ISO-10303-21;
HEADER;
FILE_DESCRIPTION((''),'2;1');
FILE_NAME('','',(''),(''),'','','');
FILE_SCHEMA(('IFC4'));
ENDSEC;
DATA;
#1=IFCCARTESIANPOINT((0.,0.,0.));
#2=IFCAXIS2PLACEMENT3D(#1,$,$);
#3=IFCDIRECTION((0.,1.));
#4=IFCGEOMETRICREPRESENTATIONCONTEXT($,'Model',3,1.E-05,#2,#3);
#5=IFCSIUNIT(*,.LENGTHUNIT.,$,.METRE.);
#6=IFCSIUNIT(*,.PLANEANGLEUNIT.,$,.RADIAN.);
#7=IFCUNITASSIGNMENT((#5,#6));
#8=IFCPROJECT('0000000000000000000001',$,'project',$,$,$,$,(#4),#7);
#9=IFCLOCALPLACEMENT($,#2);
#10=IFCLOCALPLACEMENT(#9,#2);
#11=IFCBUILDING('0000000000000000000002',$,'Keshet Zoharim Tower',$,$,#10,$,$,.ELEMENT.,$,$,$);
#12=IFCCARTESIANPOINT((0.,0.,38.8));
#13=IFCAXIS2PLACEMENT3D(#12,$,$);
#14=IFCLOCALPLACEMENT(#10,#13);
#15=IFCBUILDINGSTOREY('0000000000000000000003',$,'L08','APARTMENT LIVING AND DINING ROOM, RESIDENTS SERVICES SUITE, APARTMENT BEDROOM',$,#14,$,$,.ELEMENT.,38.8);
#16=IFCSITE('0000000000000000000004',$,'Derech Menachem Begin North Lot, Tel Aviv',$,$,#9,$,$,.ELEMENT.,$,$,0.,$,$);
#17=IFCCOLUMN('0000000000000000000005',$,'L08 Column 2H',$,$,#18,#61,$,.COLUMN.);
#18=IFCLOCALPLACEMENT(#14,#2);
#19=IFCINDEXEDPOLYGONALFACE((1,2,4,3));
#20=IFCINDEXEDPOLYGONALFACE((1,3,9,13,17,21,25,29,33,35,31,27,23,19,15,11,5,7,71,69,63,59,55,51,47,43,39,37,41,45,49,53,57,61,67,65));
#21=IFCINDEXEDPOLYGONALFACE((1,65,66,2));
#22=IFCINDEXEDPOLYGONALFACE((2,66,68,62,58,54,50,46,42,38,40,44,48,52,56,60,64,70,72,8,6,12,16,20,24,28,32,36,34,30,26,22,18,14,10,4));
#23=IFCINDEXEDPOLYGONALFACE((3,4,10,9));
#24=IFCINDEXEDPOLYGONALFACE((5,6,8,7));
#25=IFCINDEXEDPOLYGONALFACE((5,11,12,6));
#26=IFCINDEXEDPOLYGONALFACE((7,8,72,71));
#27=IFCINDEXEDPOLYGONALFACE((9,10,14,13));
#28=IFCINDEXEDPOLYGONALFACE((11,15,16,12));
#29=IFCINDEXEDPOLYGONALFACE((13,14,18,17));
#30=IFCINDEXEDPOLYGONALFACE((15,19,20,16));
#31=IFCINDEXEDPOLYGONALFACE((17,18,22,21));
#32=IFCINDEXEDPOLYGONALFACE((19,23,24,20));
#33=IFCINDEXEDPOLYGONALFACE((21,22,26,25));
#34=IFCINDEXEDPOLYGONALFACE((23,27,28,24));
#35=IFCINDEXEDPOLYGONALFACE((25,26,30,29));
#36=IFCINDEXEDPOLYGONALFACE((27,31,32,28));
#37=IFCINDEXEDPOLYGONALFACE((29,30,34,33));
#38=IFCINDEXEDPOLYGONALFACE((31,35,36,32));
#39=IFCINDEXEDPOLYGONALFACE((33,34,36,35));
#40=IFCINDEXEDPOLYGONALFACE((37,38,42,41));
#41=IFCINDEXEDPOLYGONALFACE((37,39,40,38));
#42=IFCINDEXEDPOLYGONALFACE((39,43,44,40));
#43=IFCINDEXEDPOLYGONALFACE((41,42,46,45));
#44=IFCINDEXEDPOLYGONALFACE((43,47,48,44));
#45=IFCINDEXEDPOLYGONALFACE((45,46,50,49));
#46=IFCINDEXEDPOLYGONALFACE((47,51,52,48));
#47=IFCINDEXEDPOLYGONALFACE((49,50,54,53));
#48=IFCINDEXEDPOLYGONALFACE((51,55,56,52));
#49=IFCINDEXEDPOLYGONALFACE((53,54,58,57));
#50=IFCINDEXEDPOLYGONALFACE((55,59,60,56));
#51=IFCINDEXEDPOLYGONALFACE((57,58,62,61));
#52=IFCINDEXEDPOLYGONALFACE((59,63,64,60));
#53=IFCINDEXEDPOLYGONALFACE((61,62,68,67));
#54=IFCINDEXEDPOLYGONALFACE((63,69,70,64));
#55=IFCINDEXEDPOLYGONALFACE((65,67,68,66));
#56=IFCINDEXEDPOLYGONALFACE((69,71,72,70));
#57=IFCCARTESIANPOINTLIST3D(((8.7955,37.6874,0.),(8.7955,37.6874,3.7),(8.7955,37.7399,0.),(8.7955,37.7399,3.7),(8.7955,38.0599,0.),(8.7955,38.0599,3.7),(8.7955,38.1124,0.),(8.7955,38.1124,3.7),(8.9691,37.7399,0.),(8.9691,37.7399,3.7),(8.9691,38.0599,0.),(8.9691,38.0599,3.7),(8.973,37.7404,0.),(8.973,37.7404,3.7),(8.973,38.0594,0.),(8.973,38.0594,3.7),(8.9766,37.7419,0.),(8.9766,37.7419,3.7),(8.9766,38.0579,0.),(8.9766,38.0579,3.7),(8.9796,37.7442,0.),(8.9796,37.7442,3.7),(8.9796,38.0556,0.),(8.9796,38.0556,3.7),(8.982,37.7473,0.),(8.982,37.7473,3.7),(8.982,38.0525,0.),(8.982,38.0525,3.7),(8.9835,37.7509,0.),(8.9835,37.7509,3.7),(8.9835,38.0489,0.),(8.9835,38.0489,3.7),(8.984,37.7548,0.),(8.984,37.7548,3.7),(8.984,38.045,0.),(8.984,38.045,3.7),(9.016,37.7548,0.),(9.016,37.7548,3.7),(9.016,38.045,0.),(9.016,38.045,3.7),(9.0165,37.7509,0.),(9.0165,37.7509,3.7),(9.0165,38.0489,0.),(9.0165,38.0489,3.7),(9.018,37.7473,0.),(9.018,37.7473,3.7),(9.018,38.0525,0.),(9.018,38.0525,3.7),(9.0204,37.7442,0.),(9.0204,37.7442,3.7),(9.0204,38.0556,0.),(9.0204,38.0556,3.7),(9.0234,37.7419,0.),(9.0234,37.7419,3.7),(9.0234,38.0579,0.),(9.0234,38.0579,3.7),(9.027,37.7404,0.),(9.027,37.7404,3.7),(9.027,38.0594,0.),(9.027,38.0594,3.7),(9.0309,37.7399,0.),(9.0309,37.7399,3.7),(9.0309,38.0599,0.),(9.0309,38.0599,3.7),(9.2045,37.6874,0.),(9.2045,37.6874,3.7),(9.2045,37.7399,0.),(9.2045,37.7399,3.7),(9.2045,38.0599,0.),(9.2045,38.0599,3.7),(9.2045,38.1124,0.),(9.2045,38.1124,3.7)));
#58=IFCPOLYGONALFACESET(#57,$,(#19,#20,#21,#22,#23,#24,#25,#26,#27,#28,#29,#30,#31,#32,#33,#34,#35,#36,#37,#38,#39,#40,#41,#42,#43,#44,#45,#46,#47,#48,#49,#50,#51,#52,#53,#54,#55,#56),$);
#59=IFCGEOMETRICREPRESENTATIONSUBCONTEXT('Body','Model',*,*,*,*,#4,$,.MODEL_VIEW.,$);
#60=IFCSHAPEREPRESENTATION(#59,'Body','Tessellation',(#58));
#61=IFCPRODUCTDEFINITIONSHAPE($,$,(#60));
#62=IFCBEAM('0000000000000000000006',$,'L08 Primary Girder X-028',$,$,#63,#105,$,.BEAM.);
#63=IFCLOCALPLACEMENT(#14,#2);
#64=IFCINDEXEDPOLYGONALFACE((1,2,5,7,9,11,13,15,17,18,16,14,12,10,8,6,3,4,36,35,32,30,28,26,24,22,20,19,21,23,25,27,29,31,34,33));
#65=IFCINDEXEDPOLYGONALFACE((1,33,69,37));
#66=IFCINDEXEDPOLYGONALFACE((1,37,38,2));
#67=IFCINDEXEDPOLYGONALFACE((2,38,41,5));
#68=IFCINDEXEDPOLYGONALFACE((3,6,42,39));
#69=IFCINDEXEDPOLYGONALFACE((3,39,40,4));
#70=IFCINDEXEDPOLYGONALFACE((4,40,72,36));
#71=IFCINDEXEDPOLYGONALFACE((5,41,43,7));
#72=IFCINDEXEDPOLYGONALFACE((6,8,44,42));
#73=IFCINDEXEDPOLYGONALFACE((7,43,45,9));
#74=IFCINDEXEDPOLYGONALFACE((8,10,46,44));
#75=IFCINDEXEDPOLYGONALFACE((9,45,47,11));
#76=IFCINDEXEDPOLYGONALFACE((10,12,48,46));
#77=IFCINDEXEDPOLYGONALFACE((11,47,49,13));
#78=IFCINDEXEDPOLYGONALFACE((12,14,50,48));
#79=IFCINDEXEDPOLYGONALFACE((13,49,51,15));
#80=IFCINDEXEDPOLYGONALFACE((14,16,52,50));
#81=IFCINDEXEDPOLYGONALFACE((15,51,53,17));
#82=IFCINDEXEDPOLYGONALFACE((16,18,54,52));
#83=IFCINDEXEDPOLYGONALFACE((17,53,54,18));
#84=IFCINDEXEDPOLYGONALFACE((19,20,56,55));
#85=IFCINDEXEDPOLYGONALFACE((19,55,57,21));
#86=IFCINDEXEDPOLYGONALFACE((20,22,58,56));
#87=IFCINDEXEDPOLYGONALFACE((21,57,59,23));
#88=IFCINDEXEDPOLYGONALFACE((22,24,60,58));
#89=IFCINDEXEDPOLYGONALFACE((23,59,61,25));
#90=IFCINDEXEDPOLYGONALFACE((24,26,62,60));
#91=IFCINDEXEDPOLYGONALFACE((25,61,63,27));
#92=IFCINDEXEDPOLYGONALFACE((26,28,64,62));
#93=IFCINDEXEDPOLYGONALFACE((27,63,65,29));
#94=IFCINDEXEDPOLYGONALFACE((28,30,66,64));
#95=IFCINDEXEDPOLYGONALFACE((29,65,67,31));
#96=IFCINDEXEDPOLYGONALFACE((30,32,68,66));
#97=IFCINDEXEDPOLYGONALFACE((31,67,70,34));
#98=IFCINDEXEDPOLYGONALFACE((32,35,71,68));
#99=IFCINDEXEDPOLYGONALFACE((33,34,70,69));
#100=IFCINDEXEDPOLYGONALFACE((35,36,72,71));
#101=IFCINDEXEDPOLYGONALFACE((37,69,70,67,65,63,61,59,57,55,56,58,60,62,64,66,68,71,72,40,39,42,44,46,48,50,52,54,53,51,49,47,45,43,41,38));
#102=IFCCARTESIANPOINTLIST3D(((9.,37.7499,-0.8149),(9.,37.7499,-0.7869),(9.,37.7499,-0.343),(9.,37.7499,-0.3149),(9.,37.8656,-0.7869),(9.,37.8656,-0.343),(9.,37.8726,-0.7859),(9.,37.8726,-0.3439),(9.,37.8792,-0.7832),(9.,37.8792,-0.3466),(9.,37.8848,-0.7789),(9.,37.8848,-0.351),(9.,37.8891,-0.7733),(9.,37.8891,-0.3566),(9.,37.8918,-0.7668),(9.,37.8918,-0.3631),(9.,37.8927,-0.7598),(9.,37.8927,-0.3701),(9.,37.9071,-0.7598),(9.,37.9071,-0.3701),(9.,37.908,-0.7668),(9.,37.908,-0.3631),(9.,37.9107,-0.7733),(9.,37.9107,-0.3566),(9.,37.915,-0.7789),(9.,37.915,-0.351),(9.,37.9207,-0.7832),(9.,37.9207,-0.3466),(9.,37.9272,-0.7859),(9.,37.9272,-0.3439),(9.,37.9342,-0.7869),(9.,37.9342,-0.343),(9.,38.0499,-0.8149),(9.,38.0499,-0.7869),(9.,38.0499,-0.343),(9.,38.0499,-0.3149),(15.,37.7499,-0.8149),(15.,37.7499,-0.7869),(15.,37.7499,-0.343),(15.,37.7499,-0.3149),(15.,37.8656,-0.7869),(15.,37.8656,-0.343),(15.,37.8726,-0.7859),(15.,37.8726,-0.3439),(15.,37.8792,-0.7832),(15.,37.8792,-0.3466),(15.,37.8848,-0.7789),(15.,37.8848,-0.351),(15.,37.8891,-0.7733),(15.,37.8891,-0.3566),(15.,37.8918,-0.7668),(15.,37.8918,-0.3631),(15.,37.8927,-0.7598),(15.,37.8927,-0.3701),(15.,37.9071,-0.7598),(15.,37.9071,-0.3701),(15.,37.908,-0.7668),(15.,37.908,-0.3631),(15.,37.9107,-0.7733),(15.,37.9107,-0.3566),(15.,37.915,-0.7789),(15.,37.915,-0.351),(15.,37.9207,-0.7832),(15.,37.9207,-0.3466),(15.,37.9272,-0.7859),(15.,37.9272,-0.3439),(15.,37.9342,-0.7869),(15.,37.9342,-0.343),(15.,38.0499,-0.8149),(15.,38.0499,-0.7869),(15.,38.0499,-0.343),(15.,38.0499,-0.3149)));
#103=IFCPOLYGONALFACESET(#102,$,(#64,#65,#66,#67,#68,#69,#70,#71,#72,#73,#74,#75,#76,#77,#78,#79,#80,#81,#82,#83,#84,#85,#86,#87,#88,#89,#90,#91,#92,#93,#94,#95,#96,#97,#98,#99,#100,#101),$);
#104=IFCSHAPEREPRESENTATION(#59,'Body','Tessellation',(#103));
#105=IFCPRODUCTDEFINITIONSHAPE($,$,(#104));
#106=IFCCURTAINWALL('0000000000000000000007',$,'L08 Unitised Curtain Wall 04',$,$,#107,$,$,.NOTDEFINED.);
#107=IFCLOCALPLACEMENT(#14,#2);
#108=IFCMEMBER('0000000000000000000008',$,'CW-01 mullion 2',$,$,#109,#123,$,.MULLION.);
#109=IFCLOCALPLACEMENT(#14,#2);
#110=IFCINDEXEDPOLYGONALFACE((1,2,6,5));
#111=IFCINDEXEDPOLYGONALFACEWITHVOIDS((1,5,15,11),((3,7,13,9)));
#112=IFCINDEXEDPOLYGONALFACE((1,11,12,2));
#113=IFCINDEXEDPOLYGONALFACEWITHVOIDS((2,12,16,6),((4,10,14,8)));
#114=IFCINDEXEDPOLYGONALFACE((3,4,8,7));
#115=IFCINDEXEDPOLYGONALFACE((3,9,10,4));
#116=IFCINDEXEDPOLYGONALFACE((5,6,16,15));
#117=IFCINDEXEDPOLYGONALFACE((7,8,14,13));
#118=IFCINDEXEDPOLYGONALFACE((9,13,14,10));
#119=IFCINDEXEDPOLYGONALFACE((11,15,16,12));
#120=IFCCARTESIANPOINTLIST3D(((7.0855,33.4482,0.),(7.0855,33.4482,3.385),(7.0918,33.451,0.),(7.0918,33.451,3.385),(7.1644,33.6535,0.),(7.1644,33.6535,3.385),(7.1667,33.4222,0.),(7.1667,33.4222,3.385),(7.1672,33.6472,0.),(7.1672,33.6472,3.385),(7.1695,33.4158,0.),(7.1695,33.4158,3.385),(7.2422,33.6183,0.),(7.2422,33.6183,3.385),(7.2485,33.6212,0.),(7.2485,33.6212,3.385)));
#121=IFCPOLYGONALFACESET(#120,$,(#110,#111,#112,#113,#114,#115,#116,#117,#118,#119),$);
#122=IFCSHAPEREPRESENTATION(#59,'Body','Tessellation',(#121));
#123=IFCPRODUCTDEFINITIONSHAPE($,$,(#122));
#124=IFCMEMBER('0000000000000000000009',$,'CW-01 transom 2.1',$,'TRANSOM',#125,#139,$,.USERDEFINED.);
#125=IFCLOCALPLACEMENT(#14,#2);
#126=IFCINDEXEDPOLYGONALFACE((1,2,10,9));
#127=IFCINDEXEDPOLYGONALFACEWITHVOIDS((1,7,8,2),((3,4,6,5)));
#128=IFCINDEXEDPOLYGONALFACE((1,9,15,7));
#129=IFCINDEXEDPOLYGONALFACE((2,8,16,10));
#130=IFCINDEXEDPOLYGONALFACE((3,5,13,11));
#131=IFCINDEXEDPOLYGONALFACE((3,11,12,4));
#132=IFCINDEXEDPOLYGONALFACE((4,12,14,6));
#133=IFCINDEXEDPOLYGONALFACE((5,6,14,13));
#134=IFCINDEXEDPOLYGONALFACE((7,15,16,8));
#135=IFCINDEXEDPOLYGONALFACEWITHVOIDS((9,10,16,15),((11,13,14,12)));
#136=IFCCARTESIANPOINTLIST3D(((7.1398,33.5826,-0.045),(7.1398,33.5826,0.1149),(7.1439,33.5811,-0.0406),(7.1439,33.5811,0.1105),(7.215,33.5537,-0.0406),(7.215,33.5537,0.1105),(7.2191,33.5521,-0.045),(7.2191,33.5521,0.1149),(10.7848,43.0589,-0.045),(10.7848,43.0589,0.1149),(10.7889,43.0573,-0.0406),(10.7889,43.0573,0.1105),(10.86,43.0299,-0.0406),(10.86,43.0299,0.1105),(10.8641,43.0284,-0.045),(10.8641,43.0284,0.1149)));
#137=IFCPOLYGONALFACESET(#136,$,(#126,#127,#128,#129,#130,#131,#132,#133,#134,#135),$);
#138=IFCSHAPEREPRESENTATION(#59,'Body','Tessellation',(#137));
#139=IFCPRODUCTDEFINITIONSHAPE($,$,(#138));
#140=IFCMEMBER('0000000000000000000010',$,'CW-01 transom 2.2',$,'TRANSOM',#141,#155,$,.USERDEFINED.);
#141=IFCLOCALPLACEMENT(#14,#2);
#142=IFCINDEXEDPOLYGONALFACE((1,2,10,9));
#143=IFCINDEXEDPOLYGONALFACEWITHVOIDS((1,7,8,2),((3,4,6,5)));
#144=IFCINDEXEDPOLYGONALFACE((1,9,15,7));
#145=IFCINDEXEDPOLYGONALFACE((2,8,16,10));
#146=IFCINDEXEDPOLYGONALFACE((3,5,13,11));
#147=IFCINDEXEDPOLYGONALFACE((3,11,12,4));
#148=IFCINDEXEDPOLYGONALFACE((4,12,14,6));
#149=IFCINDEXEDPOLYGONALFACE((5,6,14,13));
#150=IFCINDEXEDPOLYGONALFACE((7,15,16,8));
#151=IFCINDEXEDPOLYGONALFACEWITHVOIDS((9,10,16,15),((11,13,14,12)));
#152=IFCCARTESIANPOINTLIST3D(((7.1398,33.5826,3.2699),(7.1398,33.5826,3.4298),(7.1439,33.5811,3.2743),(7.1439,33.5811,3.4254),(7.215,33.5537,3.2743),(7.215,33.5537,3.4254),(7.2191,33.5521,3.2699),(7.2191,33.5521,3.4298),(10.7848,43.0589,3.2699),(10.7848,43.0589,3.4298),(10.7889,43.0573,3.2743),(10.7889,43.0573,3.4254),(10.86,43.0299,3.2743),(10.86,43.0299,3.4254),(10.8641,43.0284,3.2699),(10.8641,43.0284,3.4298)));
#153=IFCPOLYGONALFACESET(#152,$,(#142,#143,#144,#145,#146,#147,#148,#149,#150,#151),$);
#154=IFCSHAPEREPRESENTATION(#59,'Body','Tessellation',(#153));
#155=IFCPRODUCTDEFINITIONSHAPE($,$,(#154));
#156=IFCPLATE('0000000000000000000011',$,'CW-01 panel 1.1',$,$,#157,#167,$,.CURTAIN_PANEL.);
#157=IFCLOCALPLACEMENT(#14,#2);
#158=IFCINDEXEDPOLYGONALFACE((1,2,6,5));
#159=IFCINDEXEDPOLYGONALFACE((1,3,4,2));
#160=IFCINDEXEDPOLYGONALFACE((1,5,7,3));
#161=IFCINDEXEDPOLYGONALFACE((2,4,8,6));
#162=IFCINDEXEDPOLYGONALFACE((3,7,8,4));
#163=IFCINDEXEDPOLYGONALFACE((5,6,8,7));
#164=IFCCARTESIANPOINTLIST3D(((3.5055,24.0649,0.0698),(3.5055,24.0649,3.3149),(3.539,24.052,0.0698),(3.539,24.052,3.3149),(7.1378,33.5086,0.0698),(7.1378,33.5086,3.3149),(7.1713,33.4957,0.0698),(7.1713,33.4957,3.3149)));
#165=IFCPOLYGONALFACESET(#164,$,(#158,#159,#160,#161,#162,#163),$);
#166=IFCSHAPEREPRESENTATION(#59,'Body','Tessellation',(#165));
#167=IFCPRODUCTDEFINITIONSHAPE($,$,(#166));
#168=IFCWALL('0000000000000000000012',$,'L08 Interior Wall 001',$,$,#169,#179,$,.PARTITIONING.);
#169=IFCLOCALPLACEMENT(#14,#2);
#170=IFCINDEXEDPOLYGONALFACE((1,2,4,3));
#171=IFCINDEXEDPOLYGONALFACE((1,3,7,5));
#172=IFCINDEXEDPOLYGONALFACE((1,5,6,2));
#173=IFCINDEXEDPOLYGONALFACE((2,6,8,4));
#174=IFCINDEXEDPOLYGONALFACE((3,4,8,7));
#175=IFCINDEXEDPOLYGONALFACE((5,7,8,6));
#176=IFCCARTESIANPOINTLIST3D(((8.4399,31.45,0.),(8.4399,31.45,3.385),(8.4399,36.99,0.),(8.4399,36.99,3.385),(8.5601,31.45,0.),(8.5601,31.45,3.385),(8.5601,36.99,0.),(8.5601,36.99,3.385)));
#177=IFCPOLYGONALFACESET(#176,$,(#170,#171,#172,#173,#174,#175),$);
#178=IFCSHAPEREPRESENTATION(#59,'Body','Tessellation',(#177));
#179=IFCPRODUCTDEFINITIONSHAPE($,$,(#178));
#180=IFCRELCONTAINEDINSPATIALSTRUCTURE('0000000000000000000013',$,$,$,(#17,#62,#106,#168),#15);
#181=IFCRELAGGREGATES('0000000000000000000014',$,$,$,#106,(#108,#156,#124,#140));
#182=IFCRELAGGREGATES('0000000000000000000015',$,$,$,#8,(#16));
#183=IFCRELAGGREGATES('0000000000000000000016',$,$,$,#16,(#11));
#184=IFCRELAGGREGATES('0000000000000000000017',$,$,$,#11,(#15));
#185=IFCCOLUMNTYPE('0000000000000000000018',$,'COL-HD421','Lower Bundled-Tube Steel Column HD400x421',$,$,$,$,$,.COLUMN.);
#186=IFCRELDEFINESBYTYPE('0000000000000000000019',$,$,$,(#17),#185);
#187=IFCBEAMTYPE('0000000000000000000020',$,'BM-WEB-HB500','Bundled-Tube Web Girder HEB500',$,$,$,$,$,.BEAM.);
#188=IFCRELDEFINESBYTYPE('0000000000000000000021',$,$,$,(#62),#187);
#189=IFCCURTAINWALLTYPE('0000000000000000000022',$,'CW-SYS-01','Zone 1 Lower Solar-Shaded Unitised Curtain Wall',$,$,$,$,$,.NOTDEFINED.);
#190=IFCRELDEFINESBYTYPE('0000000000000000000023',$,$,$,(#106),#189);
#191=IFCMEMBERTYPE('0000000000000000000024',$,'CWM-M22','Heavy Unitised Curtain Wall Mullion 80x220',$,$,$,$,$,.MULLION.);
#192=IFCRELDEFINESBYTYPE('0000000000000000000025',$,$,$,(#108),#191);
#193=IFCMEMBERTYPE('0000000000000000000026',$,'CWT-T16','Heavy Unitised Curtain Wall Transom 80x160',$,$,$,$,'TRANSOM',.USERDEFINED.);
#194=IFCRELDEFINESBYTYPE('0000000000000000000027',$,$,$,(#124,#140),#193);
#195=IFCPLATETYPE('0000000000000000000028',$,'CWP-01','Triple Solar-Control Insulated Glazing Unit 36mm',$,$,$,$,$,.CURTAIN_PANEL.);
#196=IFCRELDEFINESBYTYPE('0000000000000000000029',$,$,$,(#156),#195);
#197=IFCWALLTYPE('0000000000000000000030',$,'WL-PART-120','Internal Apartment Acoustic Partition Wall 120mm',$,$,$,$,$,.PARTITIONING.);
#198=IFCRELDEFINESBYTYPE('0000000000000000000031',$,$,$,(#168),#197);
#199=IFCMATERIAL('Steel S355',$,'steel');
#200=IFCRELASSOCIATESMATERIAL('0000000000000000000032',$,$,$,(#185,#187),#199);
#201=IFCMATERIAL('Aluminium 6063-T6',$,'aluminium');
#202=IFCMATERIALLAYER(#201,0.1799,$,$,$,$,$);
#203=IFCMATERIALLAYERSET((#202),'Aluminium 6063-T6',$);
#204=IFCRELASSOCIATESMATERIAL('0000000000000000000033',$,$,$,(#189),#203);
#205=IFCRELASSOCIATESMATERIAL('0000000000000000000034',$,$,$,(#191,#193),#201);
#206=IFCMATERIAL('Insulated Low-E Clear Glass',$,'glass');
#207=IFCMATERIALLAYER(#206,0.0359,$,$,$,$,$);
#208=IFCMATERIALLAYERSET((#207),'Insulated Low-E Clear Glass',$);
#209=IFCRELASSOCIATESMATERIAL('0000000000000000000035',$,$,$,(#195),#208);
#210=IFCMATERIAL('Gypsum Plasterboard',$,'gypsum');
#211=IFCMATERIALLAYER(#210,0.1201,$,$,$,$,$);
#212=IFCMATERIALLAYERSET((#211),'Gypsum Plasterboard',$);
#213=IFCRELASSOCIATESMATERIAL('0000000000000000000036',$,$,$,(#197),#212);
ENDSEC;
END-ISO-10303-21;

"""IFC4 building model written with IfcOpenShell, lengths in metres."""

from ifc_helpers import new_model, si_unit, direction, frame, frame_2d, origin, origin_2d, place, context, subcontext, project, spatial, rectangle, hollow_rectangle, i_section, extrude, material, layer, layer_set, material_profile, profile_set, type_object, element, aggregate, save


model = new_model("IFC4")

# Units and contexts
model_context = context("Model", 3, precision=1e-05, world=origin(), true_north=direction((0.0, 1.0)))
body_context = subcontext(model_context, "Body", "Model", "MODEL_VIEW")
ifc_project = project(units=[si_unit("LENGTHUNIT", "METRE"), si_unit("PLANEANGLEUNIT", "RADIAN")], contexts=[model_context])

# Site, building, storey
site_placement = place(None, origin())
site = spatial("IfcSite", under=ifc_project, at=site_placement, Name="Derech Menachem Begin North Lot, Tel Aviv", CompositionType="ELEMENT", RefElevation=0.0)
building_placement = place(site_placement, origin())
building = spatial("IfcBuilding", under=site, at=building_placement, Name="Keshet Zoharim Tower", CompositionType="ELEMENT")
storey_placement = place(building_placement, frame((0.0, 0.0, 38.8)))
storey = spatial("IfcBuildingStorey", under=building, at=storey_placement, Name="L08", Description="APARTMENT LIVING AND DINING ROOM, RESIDENTS SERVICES SUITE, APARTMENT BEDROOM", CompositionType="ELEMENT", Elevation=38.8)

# Column
ifc_material_1 = material(Name="Steel S355", Category="steel")
ifc_material_profile_1 = material_profile(ifc_material_1, i_section(OverallWidth=0.4089, OverallDepth=0.425, WebThickness=0.032, FlangeThickness=0.0525, FilletRadius=0.0149, at=origin_2d()), Name="HD400x421")
ifc_profile_set_1 = profile_set([ifc_material_profile_1], Name="Steel S355")
column_type = type_object("IfcColumnType", Name="COL-HD421", Description="Lower Bundled-Tube Steel Column HD400x421", PredefinedType="COLUMN", material=ifc_profile_set_1)
column_placement = place(storey_placement, frame((9.0, 37.8999, 0.0), z_axis=(0.0, 0.0, 1.0), x_axis=(1.0, 0.0, 0.0)))
element("IfcColumn", 1, at=column_placement, inside=storey, type_object=column_type, Name="L08 Column 2H", PredefinedType="COLUMN", context=body_context, shape_type="SweptSolid", body=[
    extrude(i_section(OverallWidth=0.4089, OverallDepth=0.425, WebThickness=0.032, FlangeThickness=0.0525, FilletRadius=0.0149, at=origin_2d()), origin(), (0.0, 0.0, 1.0), 3.7),
])

# Beam
ifc_material_profile_2 = material_profile(ifc_material_1, i_section(OverallWidth=0.3, OverallDepth=0.5, WebThickness=0.0144, FlangeThickness=0.0281, FilletRadius=0.0271, at=origin_2d()), Name="HEB500")
ifc_profile_set_2 = profile_set([ifc_material_profile_2], Name="Steel S355")
beam_type = type_object("IfcBeamType", Name="BM-WEB-HB500", Description="Bundled-Tube Web Girder HEB500", PredefinedType="BEAM", material=ifc_profile_set_2)
beam_placement = place(storey_placement, frame((9.0, 37.8999, -0.5649), z_axis=(1.0, 0.0, 0.0), x_axis=(0.0, 1.0, 0.0)))
element("IfcBeam", 2, at=beam_placement, inside=storey, type_object=beam_type, Name="L08 Primary Girder X-028", PredefinedType="BEAM", context=body_context, shape_type="SweptSolid", body=[
    extrude(i_section(OverallWidth=0.3, OverallDepth=0.5, WebThickness=0.0144, FlangeThickness=0.0281, FilletRadius=0.0271, at=origin_2d()), origin(), (0.0, 0.0, 1.0), 6.0),
])

# Curtain wall, members, plate
ifc_material_2 = material(Name="Aluminium 6063-T6", Category="aluminium")
ifc_layer_1 = layer(ifc_material_2, 0.1799)
ifc_layer_set_1 = layer_set([ifc_layer_1], Name="Aluminium 6063-T6")
curtain_wall_type = type_object("IfcCurtainWallType", Name="CW-SYS-01", Description="Zone 1 Lower Solar-Shaded Unitised Curtain Wall", PredefinedType="NOTDEFINED", material=ifc_layer_set_1)
curtain_wall_placement = place(storey_placement, origin())
curtain_wall = element("IfcCurtainWall", 3, at=curtain_wall_placement, inside=storey, type_object=curtain_wall_type, Name="L08 Unitised Curtain Wall 04", PredefinedType="NOTDEFINED")
ifc_material_profile_3 = material_profile(ifc_material_2, hollow_rectangle(XDim=0.0901, YDim=0.22, WallThickness=0.0049, at=origin_2d()), Name="MUL-90x220")
ifc_profile_set_3 = profile_set([ifc_material_profile_3], Name="Aluminium 6063-T6")
member_type_1 = type_object("IfcMemberType", Name="CWM-M22", Description="Heavy Unitised Curtain Wall Mullion 80x220", PredefinedType="MULLION", material=ifc_profile_set_3)
member_1_placement = place(storey_placement, frame((7.167, 33.5347, 0.0), z_axis=(0.0, 0.0, 1.0), x_axis=(-0.933341, 0.35899, 0.0)))
member_1 = element("IfcMember", 4, at=member_1_placement, type_object=member_type_1, Name="CW-01 mullion 2", PredefinedType="MULLION", context=body_context, shape_type="SweptSolid", body=[
    extrude(hollow_rectangle(XDim=0.0901, YDim=0.22, WallThickness=0.0049, at=origin_2d()), origin(), (0.0, 0.0, 1.0), 3.385),
])
ifc_material_profile_4 = material_profile(ifc_material_2, hollow_rectangle(XDim=0.085, YDim=0.1599, WallThickness=0.0044, at=origin_2d()), Name="TRN-85x160")
ifc_profile_set_4 = profile_set([ifc_material_profile_4], Name="Aluminium 6063-T6")
member_type_2 = type_object("IfcMemberType", Name="CWT-T16", Description="Heavy Unitised Curtain Wall Transom 80x160", ElementType="TRANSOM", PredefinedType="USERDEFINED", material=ifc_profile_set_4)
member_2_placement = place(storey_placement, frame((7.1794, 33.5674, 0.0349), z_axis=(0.359003, 0.933336, 0.0), x_axis=(-0.933336, 0.359003, 0.0)))
member_2 = element("IfcMember", 5, at=member_2_placement, type_object=member_type_2, Name="CW-01 transom 2.1", ObjectType="TRANSOM", PredefinedType="USERDEFINED", context=body_context, shape_type="SweptSolid", body=[
    extrude(hollow_rectangle(XDim=0.085, YDim=0.1599, WallThickness=0.0044, at=origin_2d()), origin(), (0.0, 0.0, 1.0), 10.1531),
])
member_3_placement = place(storey_placement, frame((7.1794, 33.5674, 3.3499), z_axis=(0.359003, 0.933336, 0.0), x_axis=(-0.933336, 0.359003, 0.0)))
member_3 = element("IfcMember", 6, at=member_3_placement, type_object=member_type_2, Name="CW-01 transom 2.2", ObjectType="TRANSOM", PredefinedType="USERDEFINED", context=body_context, shape_type="SweptSolid", body=[
    extrude(hollow_rectangle(XDim=0.085, YDim=0.1599, WallThickness=0.0044, at=origin_2d()), origin(), (0.0, 0.0, 1.0), 10.1531),
])
ifc_material_3 = material(Name="Insulated Low-E Clear Glass", Category="glass")
ifc_layer_2 = layer(ifc_material_3, 0.0359)
ifc_layer_set_2 = layer_set([ifc_layer_2], Name="Insulated Low-E Clear Glass")
plate_type = type_object("IfcPlateType", Name="CWP-01", Description="Triple Solar-Control Insulated Glazing Unit 36mm", PredefinedType="CURTAIN_PANEL", material=ifc_layer_set_2)
plate_placement = place(storey_placement, frame((5.3384, 28.7803, 0.0698), z_axis=(0.0, 0.0, 1.0), x_axis=(0.35899, 0.933341, 0.0)))
plate = element("IfcPlate", 7, at=plate_placement, type_object=plate_type, Name="CW-01 panel 1.1", PredefinedType="CURTAIN_PANEL", context=body_context, shape_type="SweptSolid", body=[
    extrude(rectangle(XDim=10.1182, YDim=0.0359, at=origin_2d()), origin(), (0.0, 0.0, 1.0), 3.2451),
])
aggregate(curtain_wall, [member_1, plate, member_2, member_3])

# Wall
ifc_material_4 = material(Name="Gypsum Plasterboard", Category="gypsum")
ifc_layer_3 = layer(ifc_material_4, 0.1201)
ifc_layer_set_3 = layer_set([ifc_layer_3], Name="Gypsum Plasterboard")
wall_type_1 = type_object("IfcWallType", Name="WL-PART-120", Description="Internal Apartment Acoustic Partition Wall 120mm", PredefinedType="PARTITIONING", material=ifc_layer_set_3)
wall_1_placement = place(storey_placement, frame((8.5, 31.45, 0.0), z_axis=(0.0, 0.0, 1.0), x_axis=(0.0, 1.0, 0.0)))
element("IfcWall", 8, at=wall_1_placement, inside=storey, type_object=wall_type_1, Name="L08 Interior Wall 001", PredefinedType="PARTITIONING", context=body_context, shape_type="SweptSolid", body=[
    extrude(rectangle(XDim=5.54, YDim=0.1201, at=frame_2d((2.77, 0.0))), origin(), (0.0, 0.0, 1.0), 3.385),
])

save(model, "model.ifc")
